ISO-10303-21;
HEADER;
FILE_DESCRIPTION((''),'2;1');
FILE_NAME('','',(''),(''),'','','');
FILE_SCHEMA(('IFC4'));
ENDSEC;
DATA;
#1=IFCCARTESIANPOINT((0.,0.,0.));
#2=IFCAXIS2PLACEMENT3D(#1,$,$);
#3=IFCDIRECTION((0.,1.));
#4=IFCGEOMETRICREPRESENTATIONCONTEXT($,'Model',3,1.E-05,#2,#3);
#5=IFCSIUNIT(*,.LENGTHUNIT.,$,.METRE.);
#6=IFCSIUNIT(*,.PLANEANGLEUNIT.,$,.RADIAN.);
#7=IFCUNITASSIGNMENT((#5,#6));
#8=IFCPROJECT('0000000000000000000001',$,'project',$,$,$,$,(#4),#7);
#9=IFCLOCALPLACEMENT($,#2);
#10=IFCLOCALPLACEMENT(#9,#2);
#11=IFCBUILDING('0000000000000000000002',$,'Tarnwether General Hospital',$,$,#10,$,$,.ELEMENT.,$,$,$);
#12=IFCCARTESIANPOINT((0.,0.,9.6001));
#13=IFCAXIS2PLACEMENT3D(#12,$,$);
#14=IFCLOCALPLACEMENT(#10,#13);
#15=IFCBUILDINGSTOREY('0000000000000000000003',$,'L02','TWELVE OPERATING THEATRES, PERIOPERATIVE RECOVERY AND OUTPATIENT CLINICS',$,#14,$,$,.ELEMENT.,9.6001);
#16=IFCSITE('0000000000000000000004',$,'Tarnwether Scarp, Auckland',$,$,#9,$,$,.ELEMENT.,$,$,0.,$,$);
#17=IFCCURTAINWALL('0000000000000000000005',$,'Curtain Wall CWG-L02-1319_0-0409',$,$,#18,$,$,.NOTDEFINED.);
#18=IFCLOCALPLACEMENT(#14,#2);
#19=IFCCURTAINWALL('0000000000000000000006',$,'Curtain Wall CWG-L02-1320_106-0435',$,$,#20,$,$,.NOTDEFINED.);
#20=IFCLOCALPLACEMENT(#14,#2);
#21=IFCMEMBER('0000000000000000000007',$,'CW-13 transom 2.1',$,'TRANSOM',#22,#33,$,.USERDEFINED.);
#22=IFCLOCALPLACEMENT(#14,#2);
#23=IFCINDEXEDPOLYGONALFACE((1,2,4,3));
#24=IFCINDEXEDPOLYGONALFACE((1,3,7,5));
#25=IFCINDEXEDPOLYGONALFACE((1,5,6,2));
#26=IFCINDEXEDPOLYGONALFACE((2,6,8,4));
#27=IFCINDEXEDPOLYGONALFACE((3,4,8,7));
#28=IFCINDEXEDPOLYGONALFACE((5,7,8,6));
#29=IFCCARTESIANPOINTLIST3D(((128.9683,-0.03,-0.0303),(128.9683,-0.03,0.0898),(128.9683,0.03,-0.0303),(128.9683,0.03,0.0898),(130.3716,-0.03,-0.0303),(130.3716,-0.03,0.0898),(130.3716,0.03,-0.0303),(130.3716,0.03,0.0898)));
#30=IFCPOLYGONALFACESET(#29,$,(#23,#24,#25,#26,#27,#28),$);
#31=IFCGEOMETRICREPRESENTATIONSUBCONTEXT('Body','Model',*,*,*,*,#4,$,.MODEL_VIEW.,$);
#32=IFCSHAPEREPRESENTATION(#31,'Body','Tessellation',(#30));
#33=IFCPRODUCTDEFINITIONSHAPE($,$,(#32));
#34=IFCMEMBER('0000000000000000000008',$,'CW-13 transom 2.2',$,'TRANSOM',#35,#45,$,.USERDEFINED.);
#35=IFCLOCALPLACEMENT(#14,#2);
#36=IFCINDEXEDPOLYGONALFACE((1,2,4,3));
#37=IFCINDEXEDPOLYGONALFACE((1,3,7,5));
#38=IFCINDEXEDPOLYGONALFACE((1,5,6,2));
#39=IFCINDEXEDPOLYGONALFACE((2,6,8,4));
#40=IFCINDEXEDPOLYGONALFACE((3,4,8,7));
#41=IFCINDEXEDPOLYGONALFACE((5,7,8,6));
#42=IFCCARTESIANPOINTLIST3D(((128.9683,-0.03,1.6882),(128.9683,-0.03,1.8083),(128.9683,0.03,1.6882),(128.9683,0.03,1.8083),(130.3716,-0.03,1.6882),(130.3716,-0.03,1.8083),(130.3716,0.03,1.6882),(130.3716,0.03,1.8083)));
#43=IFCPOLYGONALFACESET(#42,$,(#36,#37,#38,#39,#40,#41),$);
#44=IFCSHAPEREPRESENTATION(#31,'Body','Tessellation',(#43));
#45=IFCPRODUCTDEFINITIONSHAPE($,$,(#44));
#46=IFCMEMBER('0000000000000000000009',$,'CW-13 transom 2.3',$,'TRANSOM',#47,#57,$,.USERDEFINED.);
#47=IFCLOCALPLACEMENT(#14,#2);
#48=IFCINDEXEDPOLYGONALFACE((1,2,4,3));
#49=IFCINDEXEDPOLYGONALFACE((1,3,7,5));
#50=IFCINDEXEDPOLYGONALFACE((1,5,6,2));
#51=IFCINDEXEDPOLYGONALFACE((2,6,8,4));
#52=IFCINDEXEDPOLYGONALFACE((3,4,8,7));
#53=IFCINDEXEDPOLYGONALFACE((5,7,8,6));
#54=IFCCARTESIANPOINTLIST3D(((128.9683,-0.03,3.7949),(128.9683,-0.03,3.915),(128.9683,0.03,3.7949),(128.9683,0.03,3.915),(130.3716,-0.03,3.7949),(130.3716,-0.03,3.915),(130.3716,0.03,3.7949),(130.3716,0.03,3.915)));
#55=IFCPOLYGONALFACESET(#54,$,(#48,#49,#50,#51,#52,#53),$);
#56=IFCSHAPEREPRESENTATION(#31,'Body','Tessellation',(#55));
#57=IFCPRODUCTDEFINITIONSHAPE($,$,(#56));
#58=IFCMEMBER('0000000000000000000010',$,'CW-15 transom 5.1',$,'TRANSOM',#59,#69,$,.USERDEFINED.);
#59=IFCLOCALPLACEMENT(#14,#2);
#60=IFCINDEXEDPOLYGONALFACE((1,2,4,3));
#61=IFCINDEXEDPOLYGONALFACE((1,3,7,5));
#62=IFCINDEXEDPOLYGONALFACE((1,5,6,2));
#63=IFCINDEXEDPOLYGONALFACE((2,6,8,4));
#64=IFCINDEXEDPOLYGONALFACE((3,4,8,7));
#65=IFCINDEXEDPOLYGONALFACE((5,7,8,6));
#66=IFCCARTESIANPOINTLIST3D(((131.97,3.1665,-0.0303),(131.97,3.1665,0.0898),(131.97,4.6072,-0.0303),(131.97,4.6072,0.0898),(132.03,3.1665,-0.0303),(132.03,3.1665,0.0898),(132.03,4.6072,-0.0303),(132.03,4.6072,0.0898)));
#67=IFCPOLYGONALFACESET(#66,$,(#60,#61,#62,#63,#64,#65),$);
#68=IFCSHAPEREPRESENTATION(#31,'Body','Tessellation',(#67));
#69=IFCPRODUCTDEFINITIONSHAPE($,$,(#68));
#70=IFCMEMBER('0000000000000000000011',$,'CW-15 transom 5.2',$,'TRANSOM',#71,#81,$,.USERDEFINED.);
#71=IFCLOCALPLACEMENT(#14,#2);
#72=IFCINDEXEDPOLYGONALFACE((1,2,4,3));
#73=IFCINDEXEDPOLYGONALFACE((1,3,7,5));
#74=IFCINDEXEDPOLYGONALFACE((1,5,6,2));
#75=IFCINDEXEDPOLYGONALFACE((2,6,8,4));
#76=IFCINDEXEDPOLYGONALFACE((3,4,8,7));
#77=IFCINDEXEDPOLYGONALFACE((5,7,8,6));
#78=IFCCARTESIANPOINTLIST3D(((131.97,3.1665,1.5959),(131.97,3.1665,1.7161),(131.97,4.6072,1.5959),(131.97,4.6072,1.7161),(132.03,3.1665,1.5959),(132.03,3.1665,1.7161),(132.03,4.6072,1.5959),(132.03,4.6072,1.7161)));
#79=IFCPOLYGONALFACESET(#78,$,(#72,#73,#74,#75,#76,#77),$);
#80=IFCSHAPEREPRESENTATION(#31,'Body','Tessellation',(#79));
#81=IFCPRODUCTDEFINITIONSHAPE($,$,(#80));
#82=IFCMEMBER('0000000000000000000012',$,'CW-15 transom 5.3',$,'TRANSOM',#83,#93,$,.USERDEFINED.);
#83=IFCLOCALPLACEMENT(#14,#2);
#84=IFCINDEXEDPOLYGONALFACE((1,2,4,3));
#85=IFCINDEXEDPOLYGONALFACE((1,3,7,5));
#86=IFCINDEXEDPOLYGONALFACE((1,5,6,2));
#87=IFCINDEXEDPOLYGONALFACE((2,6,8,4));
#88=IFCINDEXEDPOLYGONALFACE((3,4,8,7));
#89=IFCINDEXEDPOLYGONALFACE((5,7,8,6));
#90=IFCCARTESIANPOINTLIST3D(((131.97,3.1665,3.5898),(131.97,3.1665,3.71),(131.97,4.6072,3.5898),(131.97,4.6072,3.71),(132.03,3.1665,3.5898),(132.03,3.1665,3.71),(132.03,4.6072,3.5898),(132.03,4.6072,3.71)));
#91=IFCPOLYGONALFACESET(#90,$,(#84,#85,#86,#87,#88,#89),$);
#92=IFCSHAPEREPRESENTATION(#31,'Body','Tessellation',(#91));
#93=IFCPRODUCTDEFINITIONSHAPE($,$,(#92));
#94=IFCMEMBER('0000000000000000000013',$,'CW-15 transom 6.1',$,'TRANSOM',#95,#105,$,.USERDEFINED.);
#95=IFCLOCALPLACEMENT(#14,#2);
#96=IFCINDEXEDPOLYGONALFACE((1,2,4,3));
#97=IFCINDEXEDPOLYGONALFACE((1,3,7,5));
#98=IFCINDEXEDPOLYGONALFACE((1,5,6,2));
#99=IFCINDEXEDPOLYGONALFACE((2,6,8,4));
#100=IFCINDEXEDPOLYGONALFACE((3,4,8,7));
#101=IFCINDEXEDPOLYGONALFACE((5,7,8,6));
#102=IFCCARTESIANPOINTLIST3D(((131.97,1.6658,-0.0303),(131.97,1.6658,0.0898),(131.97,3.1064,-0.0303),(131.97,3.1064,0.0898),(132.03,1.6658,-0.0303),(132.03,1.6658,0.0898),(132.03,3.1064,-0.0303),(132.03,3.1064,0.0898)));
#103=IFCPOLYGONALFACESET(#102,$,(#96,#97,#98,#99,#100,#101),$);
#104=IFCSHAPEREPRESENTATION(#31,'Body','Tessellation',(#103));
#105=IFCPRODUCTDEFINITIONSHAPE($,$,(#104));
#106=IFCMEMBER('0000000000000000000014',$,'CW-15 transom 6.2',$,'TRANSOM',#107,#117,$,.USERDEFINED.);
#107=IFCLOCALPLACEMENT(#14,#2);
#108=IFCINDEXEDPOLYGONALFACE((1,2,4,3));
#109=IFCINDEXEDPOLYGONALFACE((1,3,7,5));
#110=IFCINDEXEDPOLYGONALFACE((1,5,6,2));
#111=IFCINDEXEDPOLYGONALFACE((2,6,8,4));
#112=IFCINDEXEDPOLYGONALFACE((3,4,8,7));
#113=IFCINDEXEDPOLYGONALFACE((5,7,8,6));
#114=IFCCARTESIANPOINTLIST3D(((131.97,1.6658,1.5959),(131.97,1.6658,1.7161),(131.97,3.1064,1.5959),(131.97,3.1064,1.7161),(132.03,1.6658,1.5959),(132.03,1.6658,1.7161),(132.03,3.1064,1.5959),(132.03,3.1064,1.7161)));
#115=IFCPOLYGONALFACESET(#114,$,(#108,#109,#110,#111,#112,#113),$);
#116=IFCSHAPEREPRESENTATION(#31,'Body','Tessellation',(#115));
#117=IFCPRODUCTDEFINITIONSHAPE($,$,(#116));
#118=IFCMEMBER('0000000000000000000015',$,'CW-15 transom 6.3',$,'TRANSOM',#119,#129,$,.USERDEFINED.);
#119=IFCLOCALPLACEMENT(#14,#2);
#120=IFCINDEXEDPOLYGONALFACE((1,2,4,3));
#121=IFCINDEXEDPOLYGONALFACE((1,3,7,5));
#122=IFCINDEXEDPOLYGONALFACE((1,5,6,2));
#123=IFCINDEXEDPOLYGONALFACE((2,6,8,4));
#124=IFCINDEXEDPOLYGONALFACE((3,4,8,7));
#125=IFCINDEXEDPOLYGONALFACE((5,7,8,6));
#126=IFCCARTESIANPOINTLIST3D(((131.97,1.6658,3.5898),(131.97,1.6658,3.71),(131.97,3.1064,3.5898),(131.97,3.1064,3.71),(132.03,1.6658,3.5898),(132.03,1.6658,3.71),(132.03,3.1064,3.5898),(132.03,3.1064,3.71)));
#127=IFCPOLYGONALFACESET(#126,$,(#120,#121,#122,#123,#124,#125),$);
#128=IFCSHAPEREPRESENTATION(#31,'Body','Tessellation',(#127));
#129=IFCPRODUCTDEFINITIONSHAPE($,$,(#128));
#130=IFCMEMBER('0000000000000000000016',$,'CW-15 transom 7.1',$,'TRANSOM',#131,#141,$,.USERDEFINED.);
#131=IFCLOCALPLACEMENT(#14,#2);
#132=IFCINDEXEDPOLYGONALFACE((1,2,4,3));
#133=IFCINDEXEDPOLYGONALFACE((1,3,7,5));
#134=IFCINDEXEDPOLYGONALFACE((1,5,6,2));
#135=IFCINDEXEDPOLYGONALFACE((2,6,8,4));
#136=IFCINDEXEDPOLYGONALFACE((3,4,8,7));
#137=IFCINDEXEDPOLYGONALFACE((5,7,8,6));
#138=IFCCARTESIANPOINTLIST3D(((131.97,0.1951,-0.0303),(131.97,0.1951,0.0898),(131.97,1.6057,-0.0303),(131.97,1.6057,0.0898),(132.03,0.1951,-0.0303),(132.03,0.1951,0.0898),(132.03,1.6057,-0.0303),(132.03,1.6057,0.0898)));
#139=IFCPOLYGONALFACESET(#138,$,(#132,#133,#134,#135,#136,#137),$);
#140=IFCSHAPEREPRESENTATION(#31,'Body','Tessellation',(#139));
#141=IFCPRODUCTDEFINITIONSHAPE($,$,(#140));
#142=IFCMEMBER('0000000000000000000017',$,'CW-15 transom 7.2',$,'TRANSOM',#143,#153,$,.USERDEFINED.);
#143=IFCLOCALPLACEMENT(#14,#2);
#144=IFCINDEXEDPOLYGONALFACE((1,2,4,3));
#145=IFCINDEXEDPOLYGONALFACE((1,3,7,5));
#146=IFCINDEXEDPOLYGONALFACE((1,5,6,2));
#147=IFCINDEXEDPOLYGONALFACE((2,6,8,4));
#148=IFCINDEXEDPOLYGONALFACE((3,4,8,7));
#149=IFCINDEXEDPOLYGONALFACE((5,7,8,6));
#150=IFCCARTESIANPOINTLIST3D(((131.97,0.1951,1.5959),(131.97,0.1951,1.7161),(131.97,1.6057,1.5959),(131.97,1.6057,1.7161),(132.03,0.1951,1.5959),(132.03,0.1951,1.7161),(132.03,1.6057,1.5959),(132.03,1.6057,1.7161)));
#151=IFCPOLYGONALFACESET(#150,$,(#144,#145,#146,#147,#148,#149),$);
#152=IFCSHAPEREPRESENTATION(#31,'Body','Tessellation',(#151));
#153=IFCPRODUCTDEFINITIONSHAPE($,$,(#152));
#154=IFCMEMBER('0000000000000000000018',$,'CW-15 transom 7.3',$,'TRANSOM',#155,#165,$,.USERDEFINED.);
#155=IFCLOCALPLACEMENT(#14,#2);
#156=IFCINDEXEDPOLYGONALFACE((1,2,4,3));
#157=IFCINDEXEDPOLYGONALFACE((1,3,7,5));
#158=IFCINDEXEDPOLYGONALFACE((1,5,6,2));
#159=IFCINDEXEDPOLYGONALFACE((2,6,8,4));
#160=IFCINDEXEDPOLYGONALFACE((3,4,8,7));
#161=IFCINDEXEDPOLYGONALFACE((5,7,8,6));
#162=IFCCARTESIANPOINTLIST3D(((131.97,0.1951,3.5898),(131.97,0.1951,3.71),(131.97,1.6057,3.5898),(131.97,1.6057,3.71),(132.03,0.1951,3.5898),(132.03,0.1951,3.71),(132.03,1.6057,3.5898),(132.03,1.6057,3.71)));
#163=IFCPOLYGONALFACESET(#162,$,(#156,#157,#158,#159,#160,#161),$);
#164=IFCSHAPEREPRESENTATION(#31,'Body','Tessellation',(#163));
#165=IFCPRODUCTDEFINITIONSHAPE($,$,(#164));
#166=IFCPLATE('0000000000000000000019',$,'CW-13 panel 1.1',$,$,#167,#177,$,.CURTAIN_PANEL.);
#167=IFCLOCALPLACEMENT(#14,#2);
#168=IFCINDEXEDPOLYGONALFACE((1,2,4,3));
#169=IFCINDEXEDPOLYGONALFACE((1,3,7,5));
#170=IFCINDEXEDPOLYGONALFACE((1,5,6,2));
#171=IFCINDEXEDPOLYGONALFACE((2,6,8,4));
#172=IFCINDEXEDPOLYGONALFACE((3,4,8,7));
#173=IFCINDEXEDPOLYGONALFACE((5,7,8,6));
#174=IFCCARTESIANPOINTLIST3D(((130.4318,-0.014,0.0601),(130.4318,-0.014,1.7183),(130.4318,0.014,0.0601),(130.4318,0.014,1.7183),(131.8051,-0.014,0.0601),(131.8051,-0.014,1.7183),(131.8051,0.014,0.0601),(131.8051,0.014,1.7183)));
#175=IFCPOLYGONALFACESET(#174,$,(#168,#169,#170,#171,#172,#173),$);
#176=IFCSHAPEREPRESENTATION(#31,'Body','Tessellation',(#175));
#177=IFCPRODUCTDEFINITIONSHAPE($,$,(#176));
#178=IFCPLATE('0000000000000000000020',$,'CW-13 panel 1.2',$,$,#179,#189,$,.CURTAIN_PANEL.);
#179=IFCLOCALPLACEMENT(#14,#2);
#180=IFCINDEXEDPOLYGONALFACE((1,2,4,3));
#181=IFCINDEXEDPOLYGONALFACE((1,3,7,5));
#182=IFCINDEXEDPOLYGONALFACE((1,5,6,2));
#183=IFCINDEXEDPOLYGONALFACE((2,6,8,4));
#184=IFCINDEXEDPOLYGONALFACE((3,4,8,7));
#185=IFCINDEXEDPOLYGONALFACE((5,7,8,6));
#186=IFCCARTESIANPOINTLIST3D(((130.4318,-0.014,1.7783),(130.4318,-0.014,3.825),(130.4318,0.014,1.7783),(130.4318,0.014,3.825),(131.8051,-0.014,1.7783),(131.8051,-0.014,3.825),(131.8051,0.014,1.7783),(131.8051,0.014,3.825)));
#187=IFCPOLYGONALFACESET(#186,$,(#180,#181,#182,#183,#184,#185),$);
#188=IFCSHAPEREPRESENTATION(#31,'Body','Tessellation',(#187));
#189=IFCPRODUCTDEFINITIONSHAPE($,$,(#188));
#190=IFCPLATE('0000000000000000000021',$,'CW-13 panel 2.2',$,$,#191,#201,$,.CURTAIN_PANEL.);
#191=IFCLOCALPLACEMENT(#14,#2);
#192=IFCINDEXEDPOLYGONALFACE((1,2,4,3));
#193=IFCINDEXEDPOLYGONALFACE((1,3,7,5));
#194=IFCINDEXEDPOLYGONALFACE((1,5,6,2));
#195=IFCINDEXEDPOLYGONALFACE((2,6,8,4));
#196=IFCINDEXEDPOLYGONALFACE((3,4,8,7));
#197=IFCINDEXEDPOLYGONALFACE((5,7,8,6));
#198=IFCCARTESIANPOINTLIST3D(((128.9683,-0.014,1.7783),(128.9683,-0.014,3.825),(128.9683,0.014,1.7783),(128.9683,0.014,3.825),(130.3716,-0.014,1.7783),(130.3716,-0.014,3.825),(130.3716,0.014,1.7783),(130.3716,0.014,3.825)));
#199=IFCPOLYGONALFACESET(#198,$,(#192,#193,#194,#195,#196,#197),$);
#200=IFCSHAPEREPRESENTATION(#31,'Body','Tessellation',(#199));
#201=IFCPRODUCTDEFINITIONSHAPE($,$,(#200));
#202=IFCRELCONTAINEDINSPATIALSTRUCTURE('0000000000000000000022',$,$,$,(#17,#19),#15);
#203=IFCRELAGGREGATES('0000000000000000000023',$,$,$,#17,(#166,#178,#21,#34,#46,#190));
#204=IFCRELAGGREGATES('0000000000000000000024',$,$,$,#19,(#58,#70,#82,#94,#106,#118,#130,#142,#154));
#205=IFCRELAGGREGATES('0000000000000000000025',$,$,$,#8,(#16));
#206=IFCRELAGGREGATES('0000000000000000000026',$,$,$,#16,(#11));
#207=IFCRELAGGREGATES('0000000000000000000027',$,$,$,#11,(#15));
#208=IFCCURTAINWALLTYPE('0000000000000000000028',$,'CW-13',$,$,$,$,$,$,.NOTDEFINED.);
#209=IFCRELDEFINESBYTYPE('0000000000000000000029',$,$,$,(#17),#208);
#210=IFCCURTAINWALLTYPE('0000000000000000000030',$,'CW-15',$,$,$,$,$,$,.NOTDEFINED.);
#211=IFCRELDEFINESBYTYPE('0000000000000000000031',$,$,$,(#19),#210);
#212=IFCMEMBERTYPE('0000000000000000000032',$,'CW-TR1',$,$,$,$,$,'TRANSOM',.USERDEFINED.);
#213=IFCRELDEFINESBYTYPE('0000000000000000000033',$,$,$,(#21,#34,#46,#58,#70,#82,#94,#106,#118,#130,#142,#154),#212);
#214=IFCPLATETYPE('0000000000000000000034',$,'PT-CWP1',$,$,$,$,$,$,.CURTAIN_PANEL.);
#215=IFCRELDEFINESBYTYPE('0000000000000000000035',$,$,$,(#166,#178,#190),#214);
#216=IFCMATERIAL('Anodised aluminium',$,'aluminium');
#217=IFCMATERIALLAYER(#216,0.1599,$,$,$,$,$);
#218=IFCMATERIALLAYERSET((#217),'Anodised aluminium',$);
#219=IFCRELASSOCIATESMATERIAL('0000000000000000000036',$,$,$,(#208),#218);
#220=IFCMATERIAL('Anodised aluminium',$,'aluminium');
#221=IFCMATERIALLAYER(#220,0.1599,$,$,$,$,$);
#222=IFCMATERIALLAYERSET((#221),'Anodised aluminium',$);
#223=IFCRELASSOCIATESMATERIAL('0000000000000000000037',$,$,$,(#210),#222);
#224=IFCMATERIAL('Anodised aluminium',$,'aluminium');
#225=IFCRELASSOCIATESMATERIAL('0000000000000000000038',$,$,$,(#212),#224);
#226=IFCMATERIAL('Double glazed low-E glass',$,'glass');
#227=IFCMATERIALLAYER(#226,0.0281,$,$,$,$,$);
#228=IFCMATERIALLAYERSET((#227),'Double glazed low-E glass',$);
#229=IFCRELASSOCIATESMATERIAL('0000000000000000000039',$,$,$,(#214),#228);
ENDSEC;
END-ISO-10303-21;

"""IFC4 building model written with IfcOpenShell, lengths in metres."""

from ifc_helpers import new_model, si_unit, direction, frame, origin, origin_2d, place, context, subcontext, project, spatial, rectangle, extrude, material, layer, layer_set, material_profile, profile_set, type_object, element, aggregate, save


model = new_model("IFC4")

# Units and contexts
model_context = context("Model", 3, precision=1e-05, world=origin(), true_north=direction((0.0, 1.0)))
body_context = subcontext(model_context, "Body", "Model", "MODEL_VIEW")
ifc_project = project(units=[si_unit("LENGTHUNIT", "METRE"), si_unit("PLANEANGLEUNIT", "RADIAN")], contexts=[model_context])

# Site, building, storey
site_placement = place(None, origin())
site = spatial("IfcSite", under=ifc_project, at=site_placement, Name="Tarnwether Scarp, Auckland", CompositionType="ELEMENT", RefElevation=0.0)
building_placement = place(site_placement, origin())
building = spatial("IfcBuilding", under=site, at=building_placement, Name="Tarnwether General Hospital", CompositionType="ELEMENT")
storey_placement = place(building_placement, frame((0.0, 0.0, 9.6001)))
storey = spatial("IfcBuildingStorey", under=building, at=storey_placement, Name="L02", Description="TWELVE OPERATING THEATRES, PERIOPERATIVE RECOVERY AND OUTPATIENT CLINICS", CompositionType="ELEMENT", Elevation=9.6001)

# Curtain walls
ifc_material_1 = material(Name="Anodised aluminium", Category="aluminium")
ifc_layer_1 = layer(ifc_material_1, 0.1599)
ifc_layer_set_1 = layer_set([ifc_layer_1], Name="Anodised aluminium")
curtain_wall_type_1 = type_object("IfcCurtainWallType", Name="CW-13", PredefinedType="NOTDEFINED", material=ifc_layer_set_1)
curtain_wall_1_placement = place(storey_placement, origin())
curtain_wall_1 = element("IfcCurtainWall", 1, at=curtain_wall_1_placement, inside=storey, type_object=curtain_wall_type_1, Name="Curtain Wall CWG-L02-1319_0-0409", PredefinedType="NOTDEFINED")
ifc_material_2 = material(Name="Anodised aluminium", Category="aluminium")
ifc_layer_2 = layer(ifc_material_2, 0.1599)
ifc_layer_set_2 = layer_set([ifc_layer_2], Name="Anodised aluminium")
curtain_wall_type_2 = type_object("IfcCurtainWallType", Name="CW-15", PredefinedType="NOTDEFINED", material=ifc_layer_set_2)
curtain_wall_2_placement = place(storey_placement, origin())
curtain_wall_2 = element("IfcCurtainWall", 2, at=curtain_wall_2_placement, inside=storey, type_object=curtain_wall_type_2, Name="Curtain Wall CWG-L02-1320_106-0435", PredefinedType="NOTDEFINED")

# Members
ifc_material_3 = material(Name="Anodised aluminium", Category="aluminium")
ifc_material_profile_1 = material_profile(ifc_material_3, rectangle(XDim=0.0601, YDim=0.1201, at=origin_2d()), Name="ALU-TRN-60x120")
ifc_profile_set_1 = profile_set([ifc_material_profile_1], Name="Anodised aluminium")
member_type_1 = type_object("IfcMemberType", Name="CW-TR1", ElementType="TRANSOM", PredefinedType="USERDEFINED", material=ifc_profile_set_1)
member_1_placement = place(storey_placement, frame((130.3716, 0.0, 0.0298), z_axis=(-1.0, 0.0, 0.0), x_axis=(0.0, -1.0, 0.0)))
member_1 = element("IfcMember", 3, at=member_1_placement, type_object=member_type_1, Name="CW-13 transom 2.1", ObjectType="TRANSOM", PredefinedType="USERDEFINED", context=body_context, shape_type="SweptSolid", body=[
    extrude(rectangle(XDim=0.0601, YDim=0.1201, at=origin_2d()), origin(), (0.0, 0.0, 1.0), 1.4033),
])
member_2_placement = place(storey_placement, frame((130.3716, 0.0, 1.7483), z_axis=(-1.0, 0.0, 0.0), x_axis=(0.0, -1.0, 0.0)))
member_2 = element("IfcMember", 4, at=member_2_placement, type_object=member_type_1, Name="CW-13 transom 2.2", ObjectType="TRANSOM", PredefinedType="USERDEFINED", context=body_context, shape_type="SweptSolid", body=[
    extrude(rectangle(XDim=0.0601, YDim=0.1201, at=origin_2d()), origin(), (0.0, 0.0, 1.0), 1.4033),
])
member_3_placement = place(storey_placement, frame((130.3716, 0.0, 3.855), z_axis=(-1.0, 0.0, 0.0), x_axis=(0.0, -1.0, 0.0)))
member_3 = element("IfcMember", 5, at=member_3_placement, type_object=member_type_1, Name="CW-13 transom 2.3", ObjectType="TRANSOM", PredefinedType="USERDEFINED", context=body_context, shape_type="SweptSolid", body=[
    extrude(rectangle(XDim=0.0601, YDim=0.1201, at=origin_2d()), origin(), (0.0, 0.0, 1.0), 1.4033),
])
member_4_placement = place(storey_placement, frame((132.0, 4.6072, 0.0298), z_axis=(0.0, -1.0, 0.0), x_axis=(1.0, 0.0, 0.0)))
member_4 = element("IfcMember", 6, at=member_4_placement, type_object=member_type_1, Name="CW-15 transom 5.1", ObjectType="TRANSOM", PredefinedType="USERDEFINED", context=body_context, shape_type="SweptSolid", body=[
    extrude(rectangle(XDim=0.0601, YDim=0.1201, at=origin_2d()), origin(), (0.0, 0.0, 1.0), 1.4407),
])
member_5_placement = place(storey_placement, frame((132.0, 4.6072, 1.656), z_axis=(0.0, -1.0, 0.0), x_axis=(1.0, 0.0, 0.0)))
member_5 = element("IfcMember", 7, at=member_5_placement, type_object=member_type_1, Name="CW-15 transom 5.2", ObjectType="TRANSOM", PredefinedType="USERDEFINED", context=body_context, shape_type="SweptSolid", body=[
    extrude(rectangle(XDim=0.0601, YDim=0.1201, at=origin_2d()), origin(), (0.0, 0.0, 1.0), 1.4407),
])
member_6_placement = place(storey_placement, frame((132.0, 4.6072, 3.6499), z_axis=(0.0, -1.0, 0.0), x_axis=(1.0, 0.0, 0.0)))
member_6 = element("IfcMember", 8, at=member_6_placement, type_object=member_type_1, Name="CW-15 transom 5.3", ObjectType="TRANSOM", PredefinedType="USERDEFINED", context=body_context, shape_type="SweptSolid", body=[
    extrude(rectangle(XDim=0.0601, YDim=0.1201, at=origin_2d()), origin(), (0.0, 0.0, 1.0), 1.4407),
])
member_7_placement = place(storey_placement, frame((132.0, 3.1064, 0.0298), z_axis=(0.0, -1.0, 0.0), x_axis=(1.0, 0.0, 0.0)))
member_7 = element("IfcMember", 9, at=member_7_placement, type_object=member_type_1, Name="CW-15 transom 6.1", ObjectType="TRANSOM", PredefinedType="USERDEFINED", context=body_context, shape_type="SweptSolid", body=[
    extrude(rectangle(XDim=0.0601, YDim=0.1201, at=origin_2d()), origin(), (0.0, 0.0, 1.0), 1.4407),
])
member_8_placement = place(storey_placement, frame((132.0, 3.1064, 1.656), z_axis=(0.0, -1.0, 0.0), x_axis=(1.0, 0.0, 0.0)))
member_8 = element("IfcMember", 10, at=member_8_placement, type_object=member_type_1, Name="CW-15 transom 6.2", ObjectType="TRANSOM", PredefinedType="USERDEFINED", context=body_context, shape_type="SweptSolid", body=[
    extrude(rectangle(XDim=0.0601, YDim=0.1201, at=origin_2d()), origin(), (0.0, 0.0, 1.0), 1.4407),
])
member_9_placement = place(storey_placement, frame((132.0, 3.1064, 3.6499), z_axis=(0.0, -1.0, 0.0), x_axis=(1.0, 0.0, 0.0)))
member_9 = element("IfcMember", 11, at=member_9_placement, type_object=member_type_1, Name="CW-15 transom 6.3", ObjectType="TRANSOM", PredefinedType="USERDEFINED", context=body_context, shape_type="SweptSolid", body=[
    extrude(rectangle(XDim=0.0601, YDim=0.1201, at=origin_2d()), origin(), (0.0, 0.0, 1.0), 1.4407),
])
member_10_placement = place(storey_placement, frame((132.0, 1.6057, 0.0298), z_axis=(0.0, -1.0, 0.0), x_axis=(1.0, 0.0, 0.0)))
member_10 = element("IfcMember", 12, at=member_10_placement, type_object=member_type_1, Name="CW-15 transom 7.1", ObjectType="TRANSOM", PredefinedType="USERDEFINED", context=body_context, shape_type="SweptSolid", body=[
    extrude(rectangle(XDim=0.0601, YDim=0.1201, at=origin_2d()), origin(), (0.0, 0.0, 1.0), 1.4106),
])
member_11_placement = place(storey_placement, frame((132.0, 1.6057, 1.656), z_axis=(0.0, -1.0, 0.0), x_axis=(1.0, 0.0, 0.0)))
member_11 = element("IfcMember", 13, at=member_11_placement, type_object=member_type_1, Name="CW-15 transom 7.2", ObjectType="TRANSOM", PredefinedType="USERDEFINED", context=body_context, shape_type="SweptSolid", body=[
    extrude(rectangle(XDim=0.0601, YDim=0.1201, at=origin_2d()), origin(), (0.0, 0.0, 1.0), 1.4106),
])
member_12_placement = place(storey_placement, frame((132.0, 1.6057, 3.6499), z_axis=(0.0, -1.0, 0.0), x_axis=(1.0, 0.0, 0.0)))
member_12 = element("IfcMember", 14, at=member_12_placement, type_object=member_type_1, Name="CW-15 transom 7.3", ObjectType="TRANSOM", PredefinedType="USERDEFINED", context=body_context, shape_type="SweptSolid", body=[
    extrude(rectangle(XDim=0.0601, YDim=0.1201, at=origin_2d()), origin(), (0.0, 0.0, 1.0), 1.4106),
])

# Plates
ifc_material_4 = material(Name="Double glazed low-E glass", Category="glass")
ifc_layer_3 = layer(ifc_material_4, 0.0281)
ifc_layer_set_3 = layer_set([ifc_layer_3], Name="Double glazed low-E glass")
plate_type_1 = type_object("IfcPlateType", Name="PT-CWP1", PredefinedType="CURTAIN_PANEL", material=ifc_layer_set_3)
plate_1_placement = place(storey_placement, frame((131.1184, 0.0, 0.0601), z_axis=(0.0, 0.0, 1.0), x_axis=(-1.0, 0.0, 0.0)))
plate_1 = element("IfcPlate", 15, at=plate_1_placement, type_object=plate_type_1, Name="CW-13 panel 1.1", PredefinedType="CURTAIN_PANEL", context=body_context, shape_type="SweptSolid", body=[
    extrude(rectangle(XDim=1.3733, YDim=0.0281, at=origin_2d()), origin(), (0.0, 0.0, 1.0), 1.6582),
])
plate_2_placement = place(storey_placement, frame((131.1184, 0.0, 1.7783), z_axis=(0.0, 0.0, 1.0), x_axis=(-1.0, 0.0, 0.0)))
plate_2 = element("IfcPlate", 16, at=plate_2_placement, type_object=plate_type_1, Name="CW-13 panel 1.2", PredefinedType="CURTAIN_PANEL", context=body_context, shape_type="SweptSolid", body=[
    extrude(rectangle(XDim=1.3733, YDim=0.0281, at=origin_2d()), origin(), (0.0, 0.0, 1.0), 2.0466),
])
plate_3_placement = place(storey_placement, frame((129.6699, 0.0, 1.7783), z_axis=(0.0, 0.0, 1.0), x_axis=(-1.0, 0.0, 0.0)))
plate_3 = element("IfcPlate", 17, at=plate_3_placement, type_object=plate_type_1, Name="CW-13 panel 2.2", PredefinedType="CURTAIN_PANEL", context=body_context, shape_type="SweptSolid", body=[
    extrude(rectangle(XDim=1.4033, YDim=0.0281, at=origin_2d()), origin(), (0.0, 0.0, 1.0), 2.0466),
])
aggregate(curtain_wall_1, [plate_1, plate_2, member_1, member_2, member_3, plate_3])
aggregate(curtain_wall_2, [member_4, member_5, member_6, member_7, member_8, member_9, member_10, member_11, member_12])

save(model, "model.ifc")
